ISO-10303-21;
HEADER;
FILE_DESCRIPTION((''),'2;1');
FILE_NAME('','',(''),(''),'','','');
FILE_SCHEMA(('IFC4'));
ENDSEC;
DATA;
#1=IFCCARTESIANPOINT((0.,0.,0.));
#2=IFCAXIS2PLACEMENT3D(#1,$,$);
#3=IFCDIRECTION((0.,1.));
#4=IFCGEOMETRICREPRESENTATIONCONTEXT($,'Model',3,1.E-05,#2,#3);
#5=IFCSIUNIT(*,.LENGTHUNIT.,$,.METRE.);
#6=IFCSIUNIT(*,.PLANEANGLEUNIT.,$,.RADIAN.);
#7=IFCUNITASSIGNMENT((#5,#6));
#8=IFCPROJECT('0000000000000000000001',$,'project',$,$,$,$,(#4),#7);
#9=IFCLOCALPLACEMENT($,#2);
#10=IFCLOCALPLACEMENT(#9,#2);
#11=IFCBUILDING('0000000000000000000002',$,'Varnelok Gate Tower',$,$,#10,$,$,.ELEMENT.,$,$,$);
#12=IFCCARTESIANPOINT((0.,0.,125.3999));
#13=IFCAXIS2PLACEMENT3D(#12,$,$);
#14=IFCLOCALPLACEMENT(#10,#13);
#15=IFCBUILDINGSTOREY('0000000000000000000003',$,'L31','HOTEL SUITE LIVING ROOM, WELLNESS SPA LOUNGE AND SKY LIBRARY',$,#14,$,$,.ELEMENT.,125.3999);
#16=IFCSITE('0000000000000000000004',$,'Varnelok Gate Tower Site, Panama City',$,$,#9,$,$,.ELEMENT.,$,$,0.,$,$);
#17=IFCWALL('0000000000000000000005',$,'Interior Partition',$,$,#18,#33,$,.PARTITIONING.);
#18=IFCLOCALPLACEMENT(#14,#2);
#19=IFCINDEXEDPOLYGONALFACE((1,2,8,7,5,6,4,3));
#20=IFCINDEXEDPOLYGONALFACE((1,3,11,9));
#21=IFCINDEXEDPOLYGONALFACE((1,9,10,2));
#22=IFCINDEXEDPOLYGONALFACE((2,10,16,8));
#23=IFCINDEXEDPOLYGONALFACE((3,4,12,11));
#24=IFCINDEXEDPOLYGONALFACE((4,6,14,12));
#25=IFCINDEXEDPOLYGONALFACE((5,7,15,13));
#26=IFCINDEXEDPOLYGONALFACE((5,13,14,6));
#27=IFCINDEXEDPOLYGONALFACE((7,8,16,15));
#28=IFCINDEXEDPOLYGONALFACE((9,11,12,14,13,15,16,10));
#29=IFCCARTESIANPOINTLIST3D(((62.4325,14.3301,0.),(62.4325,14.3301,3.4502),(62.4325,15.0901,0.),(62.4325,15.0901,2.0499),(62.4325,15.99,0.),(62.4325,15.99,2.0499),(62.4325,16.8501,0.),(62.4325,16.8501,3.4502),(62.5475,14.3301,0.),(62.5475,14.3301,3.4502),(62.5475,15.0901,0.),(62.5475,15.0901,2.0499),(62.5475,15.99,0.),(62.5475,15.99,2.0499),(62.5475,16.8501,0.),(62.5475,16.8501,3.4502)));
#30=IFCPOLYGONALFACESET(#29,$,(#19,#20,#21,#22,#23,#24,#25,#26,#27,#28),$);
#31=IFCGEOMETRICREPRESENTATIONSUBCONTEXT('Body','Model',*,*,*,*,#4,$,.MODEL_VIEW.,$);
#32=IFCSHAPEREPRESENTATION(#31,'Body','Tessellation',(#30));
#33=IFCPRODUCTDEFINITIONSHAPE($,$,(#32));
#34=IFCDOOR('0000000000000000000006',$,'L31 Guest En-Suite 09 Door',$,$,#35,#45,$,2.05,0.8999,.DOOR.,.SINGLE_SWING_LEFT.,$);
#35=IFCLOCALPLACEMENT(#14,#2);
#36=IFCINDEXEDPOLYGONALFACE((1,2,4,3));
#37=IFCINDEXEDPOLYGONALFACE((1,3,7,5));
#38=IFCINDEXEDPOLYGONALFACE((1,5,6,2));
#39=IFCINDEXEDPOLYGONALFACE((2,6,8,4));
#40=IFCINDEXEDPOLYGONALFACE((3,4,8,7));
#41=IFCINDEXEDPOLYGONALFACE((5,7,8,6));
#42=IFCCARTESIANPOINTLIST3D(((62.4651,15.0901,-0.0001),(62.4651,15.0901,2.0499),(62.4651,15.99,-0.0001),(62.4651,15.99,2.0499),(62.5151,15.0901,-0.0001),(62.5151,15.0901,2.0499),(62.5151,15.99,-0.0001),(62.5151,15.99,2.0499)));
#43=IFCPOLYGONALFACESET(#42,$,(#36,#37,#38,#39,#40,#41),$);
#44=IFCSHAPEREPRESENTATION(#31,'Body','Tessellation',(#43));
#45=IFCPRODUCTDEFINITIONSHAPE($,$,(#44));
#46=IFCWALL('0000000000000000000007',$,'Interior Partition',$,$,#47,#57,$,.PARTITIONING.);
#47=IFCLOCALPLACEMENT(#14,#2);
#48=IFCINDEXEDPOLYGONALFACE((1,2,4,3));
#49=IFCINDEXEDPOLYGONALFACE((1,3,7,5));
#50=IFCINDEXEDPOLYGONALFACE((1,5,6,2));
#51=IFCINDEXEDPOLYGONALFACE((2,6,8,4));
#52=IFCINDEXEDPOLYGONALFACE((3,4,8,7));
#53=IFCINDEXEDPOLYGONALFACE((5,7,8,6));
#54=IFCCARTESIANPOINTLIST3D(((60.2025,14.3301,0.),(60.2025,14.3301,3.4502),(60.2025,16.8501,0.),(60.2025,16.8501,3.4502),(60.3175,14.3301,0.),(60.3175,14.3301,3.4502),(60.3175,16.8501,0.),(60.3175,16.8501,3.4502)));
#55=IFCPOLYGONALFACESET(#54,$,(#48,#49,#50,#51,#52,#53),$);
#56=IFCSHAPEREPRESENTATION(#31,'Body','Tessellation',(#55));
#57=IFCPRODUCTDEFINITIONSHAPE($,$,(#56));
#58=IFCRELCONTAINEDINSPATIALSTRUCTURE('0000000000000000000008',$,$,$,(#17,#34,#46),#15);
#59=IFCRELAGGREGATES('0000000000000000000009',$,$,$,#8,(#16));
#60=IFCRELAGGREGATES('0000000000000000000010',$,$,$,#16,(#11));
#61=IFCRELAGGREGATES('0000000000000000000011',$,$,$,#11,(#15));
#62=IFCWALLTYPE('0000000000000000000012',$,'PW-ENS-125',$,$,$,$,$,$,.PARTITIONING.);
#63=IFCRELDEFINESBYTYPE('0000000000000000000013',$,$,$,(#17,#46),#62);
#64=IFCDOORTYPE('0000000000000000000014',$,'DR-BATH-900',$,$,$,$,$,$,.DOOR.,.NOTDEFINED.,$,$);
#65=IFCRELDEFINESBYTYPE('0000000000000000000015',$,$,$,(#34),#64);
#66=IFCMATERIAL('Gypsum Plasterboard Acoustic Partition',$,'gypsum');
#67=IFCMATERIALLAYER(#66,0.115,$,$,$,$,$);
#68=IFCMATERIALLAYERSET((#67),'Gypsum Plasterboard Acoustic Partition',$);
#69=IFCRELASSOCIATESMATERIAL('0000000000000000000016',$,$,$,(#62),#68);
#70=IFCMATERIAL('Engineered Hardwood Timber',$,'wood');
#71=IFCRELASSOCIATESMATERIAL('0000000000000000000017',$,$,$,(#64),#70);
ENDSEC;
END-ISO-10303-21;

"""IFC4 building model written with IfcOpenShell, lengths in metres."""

from ifc_helpers import new_model, si_unit, direction, frame, frame_2d, origin, place, context, subcontext, project, spatial, rectangle, extrude, material, layer, layer_set, type_object, element, fill, save


model = new_model("IFC4")

# Units and contexts
model_context = context("Model", 3, precision=1e-05, world=origin(), true_north=direction((0.0, 1.0)))
body_context = subcontext(model_context, "Body", "Model", "MODEL_VIEW")
ifc_project = project(units=[si_unit("LENGTHUNIT", "METRE"), si_unit("PLANEANGLEUNIT", "RADIAN")], contexts=[model_context])

# Site, building, storey
site_placement = place(None, origin())
site = spatial("IfcSite", under=ifc_project, at=site_placement, Name="Varnelok Gate Tower Site, Panama City", CompositionType="ELEMENT", RefElevation=0.0)
building_placement = place(site_placement, origin())
building = spatial("IfcBuilding", under=site, at=building_placement, Name="Varnelok Gate Tower", CompositionType="ELEMENT")
storey_placement = place(building_placement, frame((0.0, 0.0, 125.3999)))
storey = spatial("IfcBuildingStorey", under=building, at=storey_placement, Name="L31", Description="HOTEL SUITE LIVING ROOM, WELLNESS SPA LOUNGE AND SKY LIBRARY", CompositionType="ELEMENT", Elevation=125.3999)

# Shared definitions
ifc_material_1 = material(Name="Gypsum Plasterboard Acoustic Partition", Category="gypsum")
ifc_material_2 = material(Name="Engineered Hardwood Timber", Category="wood")

# Shared definitions
ifc_layer_1 = layer(ifc_material_1, 0.115)
ifc_layer_set_1 = layer_set([ifc_layer_1], Name="Gypsum Plasterboard Acoustic Partition")
wall_type_1 = type_object("IfcWallType", Name="PW-ENS-125", PredefinedType="PARTITIONING", material=ifc_layer_set_1)

# Wall, opening, door
wall_1_placement = place(storey_placement, frame((62.49, 14.3301, 0.0), z_axis=(0.0, 0.0, 1.0), x_axis=(0.0, 1.0, 0.0)))
wall_1 = element("IfcWall", 1, at=wall_1_placement, inside=storey, type_object=wall_type_1, Name="Interior Partition", PredefinedType="PARTITIONING", context=body_context, shape_type="SweptSolid", body=[
    extrude(rectangle(XDim=2.52, YDim=0.115, at=frame_2d((1.26, 0.0))), origin(), (0.0, 0.0, 1.0), 3.4502),
])
opening_1_placement = place(wall_1_placement, frame((0.76, 0.0, 0.0)))
opening_1 = element("IfcOpeningElement", 2, at=opening_1_placement, cuts=wall_1, PredefinedType="OPENING", context=body_context, shape_type="SweptSolid", body=[
    extrude(rectangle(XDim=0.8999, YDim=2.05, at=frame_2d((0.45, 1.0249))), frame((0.0, 0.0674, 0.0), z_axis=(0.0, -1.0, 0.0), x_axis=(1.0, 0.0, 0.0)), (0.0, 0.0, 1.0), 0.135),
])
door_type_1 = type_object("IfcDoorType", Name="DR-BATH-900", OperationType="NOTDEFINED", PredefinedType="DOOR", material=ifc_material_2)
door_1_placement = place(opening_1_placement, origin())
door_1 = element("IfcDoor", 3, at=door_1_placement, inside=storey, type_object=door_type_1, Name="L31 Guest En-Suite 09 Door", OperationType="SINGLE_SWING_LEFT", OverallHeight=2.05, OverallWidth=0.8999, PredefinedType="DOOR", context=body_context, shape_type="SweptSolid", body=[
    extrude(rectangle(XDim=0.8999, YDim=2.05, at=frame_2d((0.45, 1.0249))), frame((0.0, 0.0249, 0.0), z_axis=(0.0, -1.0, 0.0), x_axis=(1.0, 0.0, 0.0)), (0.0, 0.0, 1.0), 0.05),
])
fill(opening_1, door_1)

# Wall
wall_2_placement = place(storey_placement, frame((60.26, 14.3301, 0.0), z_axis=(0.0, 0.0, 1.0), x_axis=(0.0, 1.0, 0.0)))
element("IfcWall", 4, at=wall_2_placement, inside=storey, type_object=wall_type_1, Name="Interior Partition", PredefinedType="PARTITIONING", context=body_context, shape_type="SweptSolid", body=[
    extrude(rectangle(XDim=2.52, YDim=0.115, at=frame_2d((1.26, 0.0))), origin(), (0.0, 0.0, 1.0), 3.4502),
])

save(model, "model.ifc")
